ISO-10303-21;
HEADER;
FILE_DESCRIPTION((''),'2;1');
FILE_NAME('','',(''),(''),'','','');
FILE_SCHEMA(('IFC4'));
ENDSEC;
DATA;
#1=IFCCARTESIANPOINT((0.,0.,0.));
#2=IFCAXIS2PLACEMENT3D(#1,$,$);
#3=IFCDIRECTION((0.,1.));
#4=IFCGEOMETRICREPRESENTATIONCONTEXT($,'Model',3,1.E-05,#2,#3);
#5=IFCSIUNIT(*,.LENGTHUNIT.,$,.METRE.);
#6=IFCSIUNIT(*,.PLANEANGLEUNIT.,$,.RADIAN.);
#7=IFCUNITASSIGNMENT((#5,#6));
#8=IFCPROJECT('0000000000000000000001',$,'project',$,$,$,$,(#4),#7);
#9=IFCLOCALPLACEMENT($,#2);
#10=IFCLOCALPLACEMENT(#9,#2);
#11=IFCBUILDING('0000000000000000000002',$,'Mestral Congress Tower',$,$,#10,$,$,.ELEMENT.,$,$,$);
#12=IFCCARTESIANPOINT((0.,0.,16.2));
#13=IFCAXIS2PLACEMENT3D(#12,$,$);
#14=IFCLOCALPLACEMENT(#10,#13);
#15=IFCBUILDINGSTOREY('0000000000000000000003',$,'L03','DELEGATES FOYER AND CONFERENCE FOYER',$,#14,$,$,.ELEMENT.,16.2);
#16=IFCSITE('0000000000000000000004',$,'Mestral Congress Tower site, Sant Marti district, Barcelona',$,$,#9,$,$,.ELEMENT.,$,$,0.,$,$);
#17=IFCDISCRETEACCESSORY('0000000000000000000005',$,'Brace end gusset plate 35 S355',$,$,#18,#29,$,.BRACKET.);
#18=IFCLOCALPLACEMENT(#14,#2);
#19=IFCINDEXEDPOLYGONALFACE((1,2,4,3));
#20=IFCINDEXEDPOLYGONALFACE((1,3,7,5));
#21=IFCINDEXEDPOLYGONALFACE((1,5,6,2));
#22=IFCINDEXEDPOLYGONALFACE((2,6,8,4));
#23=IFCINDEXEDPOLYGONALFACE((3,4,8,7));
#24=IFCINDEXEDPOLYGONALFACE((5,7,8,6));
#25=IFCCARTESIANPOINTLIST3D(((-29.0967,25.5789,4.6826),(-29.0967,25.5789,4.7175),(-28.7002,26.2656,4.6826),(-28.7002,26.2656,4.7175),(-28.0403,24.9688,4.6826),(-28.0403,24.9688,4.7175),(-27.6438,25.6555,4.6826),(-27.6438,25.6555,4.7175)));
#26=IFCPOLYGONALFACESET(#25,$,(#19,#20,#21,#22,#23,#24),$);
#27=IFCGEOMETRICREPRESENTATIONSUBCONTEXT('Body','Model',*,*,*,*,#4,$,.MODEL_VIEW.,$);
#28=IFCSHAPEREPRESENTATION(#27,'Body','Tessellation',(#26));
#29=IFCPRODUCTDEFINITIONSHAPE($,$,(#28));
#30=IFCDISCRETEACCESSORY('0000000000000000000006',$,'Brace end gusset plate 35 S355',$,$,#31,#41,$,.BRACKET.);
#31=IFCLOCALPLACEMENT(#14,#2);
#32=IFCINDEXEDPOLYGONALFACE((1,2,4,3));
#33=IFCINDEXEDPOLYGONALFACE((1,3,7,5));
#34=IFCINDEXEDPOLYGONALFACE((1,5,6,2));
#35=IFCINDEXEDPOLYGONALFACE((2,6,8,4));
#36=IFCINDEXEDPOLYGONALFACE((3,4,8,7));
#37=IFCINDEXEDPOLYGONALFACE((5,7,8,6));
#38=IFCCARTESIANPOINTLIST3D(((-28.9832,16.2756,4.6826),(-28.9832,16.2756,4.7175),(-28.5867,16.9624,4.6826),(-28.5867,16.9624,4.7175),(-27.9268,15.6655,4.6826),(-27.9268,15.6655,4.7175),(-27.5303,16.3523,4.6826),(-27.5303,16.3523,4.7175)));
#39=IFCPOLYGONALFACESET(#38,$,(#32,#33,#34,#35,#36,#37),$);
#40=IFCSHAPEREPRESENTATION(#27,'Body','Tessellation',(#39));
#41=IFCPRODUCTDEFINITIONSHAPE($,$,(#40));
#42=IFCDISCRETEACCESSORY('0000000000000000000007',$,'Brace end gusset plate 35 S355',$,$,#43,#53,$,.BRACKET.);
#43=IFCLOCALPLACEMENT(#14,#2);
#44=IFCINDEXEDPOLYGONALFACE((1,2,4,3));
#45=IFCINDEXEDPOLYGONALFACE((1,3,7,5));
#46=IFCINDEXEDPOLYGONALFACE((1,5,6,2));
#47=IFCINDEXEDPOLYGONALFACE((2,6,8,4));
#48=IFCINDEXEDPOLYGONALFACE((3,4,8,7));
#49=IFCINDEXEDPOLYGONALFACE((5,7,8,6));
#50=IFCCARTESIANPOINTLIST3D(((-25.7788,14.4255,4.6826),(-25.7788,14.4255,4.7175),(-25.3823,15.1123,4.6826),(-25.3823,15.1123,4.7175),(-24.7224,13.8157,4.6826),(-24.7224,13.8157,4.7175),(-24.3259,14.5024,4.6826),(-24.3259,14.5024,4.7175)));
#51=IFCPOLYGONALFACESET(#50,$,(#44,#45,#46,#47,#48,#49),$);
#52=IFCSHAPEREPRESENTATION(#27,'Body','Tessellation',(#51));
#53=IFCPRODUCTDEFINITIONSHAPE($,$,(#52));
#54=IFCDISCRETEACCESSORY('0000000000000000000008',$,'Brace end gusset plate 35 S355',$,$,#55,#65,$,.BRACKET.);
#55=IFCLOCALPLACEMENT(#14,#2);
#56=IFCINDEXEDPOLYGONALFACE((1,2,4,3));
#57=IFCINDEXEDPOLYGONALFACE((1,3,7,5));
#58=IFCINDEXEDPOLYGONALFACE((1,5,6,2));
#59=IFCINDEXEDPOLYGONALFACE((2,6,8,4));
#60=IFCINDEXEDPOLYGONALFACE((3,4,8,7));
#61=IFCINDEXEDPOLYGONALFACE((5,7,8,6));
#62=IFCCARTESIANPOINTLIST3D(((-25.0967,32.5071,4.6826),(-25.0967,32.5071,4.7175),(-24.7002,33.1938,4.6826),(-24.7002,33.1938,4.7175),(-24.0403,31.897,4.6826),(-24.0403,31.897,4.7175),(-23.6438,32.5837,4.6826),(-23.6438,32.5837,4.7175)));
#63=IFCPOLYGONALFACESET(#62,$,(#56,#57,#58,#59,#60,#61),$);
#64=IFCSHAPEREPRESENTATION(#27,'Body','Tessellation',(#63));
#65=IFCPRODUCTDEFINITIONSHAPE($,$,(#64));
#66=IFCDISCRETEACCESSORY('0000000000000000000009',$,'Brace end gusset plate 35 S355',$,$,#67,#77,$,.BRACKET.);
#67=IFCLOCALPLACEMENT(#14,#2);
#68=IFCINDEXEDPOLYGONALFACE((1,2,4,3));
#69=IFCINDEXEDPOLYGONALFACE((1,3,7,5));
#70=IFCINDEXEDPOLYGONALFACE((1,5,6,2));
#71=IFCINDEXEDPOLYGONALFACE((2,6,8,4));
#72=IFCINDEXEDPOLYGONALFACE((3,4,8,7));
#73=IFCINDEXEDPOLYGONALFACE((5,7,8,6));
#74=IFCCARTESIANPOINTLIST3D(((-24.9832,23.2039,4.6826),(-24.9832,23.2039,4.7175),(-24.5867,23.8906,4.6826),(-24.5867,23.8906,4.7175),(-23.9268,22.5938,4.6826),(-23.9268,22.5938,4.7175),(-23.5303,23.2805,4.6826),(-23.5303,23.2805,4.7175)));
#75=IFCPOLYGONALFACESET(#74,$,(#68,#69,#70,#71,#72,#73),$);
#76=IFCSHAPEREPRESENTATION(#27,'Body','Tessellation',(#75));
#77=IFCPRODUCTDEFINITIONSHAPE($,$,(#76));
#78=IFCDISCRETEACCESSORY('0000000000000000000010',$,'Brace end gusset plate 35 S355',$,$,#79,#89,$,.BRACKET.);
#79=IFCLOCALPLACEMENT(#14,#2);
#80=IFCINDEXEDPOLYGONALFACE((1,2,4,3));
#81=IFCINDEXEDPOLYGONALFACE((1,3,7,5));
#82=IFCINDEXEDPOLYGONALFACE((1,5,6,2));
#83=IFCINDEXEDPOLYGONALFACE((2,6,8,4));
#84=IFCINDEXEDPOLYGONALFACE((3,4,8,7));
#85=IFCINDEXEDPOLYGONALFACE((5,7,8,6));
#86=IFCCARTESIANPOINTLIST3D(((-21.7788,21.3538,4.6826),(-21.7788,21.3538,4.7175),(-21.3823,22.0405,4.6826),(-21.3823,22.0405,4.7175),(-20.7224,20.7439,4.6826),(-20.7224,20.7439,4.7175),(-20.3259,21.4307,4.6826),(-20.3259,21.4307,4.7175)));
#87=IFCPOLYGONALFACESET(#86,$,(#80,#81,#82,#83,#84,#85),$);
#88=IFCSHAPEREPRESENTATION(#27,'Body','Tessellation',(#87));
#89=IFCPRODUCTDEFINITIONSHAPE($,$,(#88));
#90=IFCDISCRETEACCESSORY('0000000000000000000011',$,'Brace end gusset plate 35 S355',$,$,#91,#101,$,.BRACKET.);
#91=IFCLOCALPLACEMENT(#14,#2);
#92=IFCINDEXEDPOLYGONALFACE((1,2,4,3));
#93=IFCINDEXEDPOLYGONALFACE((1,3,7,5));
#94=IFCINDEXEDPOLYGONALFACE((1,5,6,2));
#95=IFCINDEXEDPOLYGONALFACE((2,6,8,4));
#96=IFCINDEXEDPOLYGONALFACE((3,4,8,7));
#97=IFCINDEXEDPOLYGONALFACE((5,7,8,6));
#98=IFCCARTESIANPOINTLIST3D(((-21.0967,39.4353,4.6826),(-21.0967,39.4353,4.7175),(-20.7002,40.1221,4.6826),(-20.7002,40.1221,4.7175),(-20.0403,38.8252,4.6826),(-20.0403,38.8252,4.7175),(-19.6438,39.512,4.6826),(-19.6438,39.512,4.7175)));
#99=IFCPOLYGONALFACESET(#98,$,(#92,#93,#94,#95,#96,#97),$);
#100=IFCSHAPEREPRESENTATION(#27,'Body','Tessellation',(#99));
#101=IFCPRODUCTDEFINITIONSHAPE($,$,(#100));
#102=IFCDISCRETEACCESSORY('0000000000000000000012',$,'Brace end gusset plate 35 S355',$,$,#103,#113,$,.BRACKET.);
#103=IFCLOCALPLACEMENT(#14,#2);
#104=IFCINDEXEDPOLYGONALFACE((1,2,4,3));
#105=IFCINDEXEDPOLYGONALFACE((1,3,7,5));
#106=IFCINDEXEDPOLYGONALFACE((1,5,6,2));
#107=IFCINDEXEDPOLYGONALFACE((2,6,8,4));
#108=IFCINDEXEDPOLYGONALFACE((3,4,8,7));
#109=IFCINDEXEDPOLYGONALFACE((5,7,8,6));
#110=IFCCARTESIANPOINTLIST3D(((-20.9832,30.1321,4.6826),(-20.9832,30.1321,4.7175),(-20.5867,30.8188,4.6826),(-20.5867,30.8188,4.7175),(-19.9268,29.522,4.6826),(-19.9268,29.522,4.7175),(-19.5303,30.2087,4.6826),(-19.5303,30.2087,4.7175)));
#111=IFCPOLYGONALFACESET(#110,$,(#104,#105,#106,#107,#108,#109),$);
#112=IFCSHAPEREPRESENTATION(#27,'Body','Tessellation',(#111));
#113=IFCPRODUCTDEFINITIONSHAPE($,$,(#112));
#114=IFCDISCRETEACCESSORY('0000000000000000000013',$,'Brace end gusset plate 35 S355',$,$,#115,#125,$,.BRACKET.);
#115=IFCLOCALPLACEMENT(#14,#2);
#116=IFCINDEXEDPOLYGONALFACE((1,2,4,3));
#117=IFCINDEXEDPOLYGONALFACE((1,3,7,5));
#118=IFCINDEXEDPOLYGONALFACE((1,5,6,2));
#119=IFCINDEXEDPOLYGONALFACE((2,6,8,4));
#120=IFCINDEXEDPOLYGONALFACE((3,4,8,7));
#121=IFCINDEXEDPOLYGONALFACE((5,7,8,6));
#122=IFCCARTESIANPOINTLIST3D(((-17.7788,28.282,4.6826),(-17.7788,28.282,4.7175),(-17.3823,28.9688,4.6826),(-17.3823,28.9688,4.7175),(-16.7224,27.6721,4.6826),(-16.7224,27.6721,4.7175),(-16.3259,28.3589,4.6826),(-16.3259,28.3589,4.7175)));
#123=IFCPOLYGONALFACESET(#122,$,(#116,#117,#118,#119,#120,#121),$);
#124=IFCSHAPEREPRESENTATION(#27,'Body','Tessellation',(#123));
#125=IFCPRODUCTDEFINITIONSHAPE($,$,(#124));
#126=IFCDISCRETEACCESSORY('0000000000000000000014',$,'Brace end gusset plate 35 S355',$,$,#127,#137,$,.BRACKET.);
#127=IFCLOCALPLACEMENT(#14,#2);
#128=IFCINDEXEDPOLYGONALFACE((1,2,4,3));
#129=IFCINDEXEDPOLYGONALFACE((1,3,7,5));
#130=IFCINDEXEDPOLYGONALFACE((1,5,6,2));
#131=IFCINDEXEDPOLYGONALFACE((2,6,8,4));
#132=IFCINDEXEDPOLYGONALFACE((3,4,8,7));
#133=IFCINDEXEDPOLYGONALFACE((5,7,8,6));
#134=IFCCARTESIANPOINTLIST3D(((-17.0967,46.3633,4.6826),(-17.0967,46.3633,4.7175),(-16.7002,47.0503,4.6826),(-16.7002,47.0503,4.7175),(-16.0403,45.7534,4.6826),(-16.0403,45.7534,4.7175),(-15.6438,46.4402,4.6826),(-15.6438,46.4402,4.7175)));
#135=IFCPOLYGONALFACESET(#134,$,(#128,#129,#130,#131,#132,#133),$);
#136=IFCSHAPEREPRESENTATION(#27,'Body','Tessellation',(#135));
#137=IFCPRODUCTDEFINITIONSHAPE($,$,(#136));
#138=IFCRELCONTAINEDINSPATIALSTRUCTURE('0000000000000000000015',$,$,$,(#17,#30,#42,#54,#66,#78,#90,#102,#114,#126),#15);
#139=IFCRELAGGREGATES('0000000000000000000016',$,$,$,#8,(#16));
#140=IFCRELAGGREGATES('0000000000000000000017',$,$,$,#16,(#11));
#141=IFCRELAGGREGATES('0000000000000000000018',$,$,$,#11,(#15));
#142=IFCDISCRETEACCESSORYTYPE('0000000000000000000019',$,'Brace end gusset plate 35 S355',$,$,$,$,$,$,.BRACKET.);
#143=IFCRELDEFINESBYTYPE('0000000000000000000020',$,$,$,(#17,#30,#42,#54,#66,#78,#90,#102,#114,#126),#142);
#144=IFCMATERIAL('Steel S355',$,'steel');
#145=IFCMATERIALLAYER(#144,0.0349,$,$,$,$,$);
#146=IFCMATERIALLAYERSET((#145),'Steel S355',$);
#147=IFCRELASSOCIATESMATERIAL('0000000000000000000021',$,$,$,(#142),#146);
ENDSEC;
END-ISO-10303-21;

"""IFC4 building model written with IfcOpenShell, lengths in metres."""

from ifc_helpers import new_model, si_unit, direction, frame, origin, place, context, subcontext, project, spatial, polyline, outline, extrude, material, layer, layer_set, type_object, element, save


model = new_model("IFC4")

# Units and contexts
model_context = context("Model", 3, precision=1e-05, world=origin(), true_north=direction((0.0, 1.0)))
body_context = subcontext(model_context, "Body", "Model", "MODEL_VIEW")
ifc_project = project(units=[si_unit("LENGTHUNIT", "METRE"), si_unit("PLANEANGLEUNIT", "RADIAN")], contexts=[model_context])

# Site, building, storey
site_placement = place(None, origin())
site = spatial("IfcSite", under=ifc_project, at=site_placement, Name="Mestral Congress Tower site, Sant Marti district, Barcelona", CompositionType="ELEMENT", RefElevation=0.0)
building_placement = place(site_placement, origin())
building = spatial("IfcBuilding", under=site, at=building_placement, Name="Mestral Congress Tower", CompositionType="ELEMENT")
storey_placement = place(building_placement, frame((0.0, 0.0, 16.2)))
storey = spatial("IfcBuildingStorey", under=building, at=storey_placement, Name="L03", Description="DELEGATES FOYER AND CONFERENCE FOYER", CompositionType="ELEMENT", Elevation=16.2)

# Discrete accessories
ifc_material = material(Name="Steel S355", Category="steel")
ifc_layer_1 = layer(ifc_material, 0.0349)
ifc_layer_set_1 = layer_set([ifc_layer_1], Name="Steel S355")
discrete_accessory_type_1 = type_object("IfcDiscreteAccessoryType", Name="Brace end gusset plate 35 S355", PredefinedType="BRACKET", material=ifc_layer_set_1)
placement_1 = place(storey_placement, frame((0.0, 0.0, 4.6826)))
element("IfcDiscreteAccessory", 1, at=placement_1, inside=storey, type_object=discrete_accessory_type_1, Name="Brace end gusset plate 35 S355", PredefinedType="BRACKET", context=body_context, shape_type="SweptSolid", body=[
    extrude(outline(polyline([(-29.0967, 25.5789), (-28.0403, 24.9688), (-27.6438, 25.6555), (-28.7002, 26.2656), (-29.0967, 25.5789)])), origin(), (0.0, 0.0, 1.0), 0.0349),
])
element("IfcDiscreteAccessory", 2, at=placement_1, inside=storey, type_object=discrete_accessory_type_1, Name="Brace end gusset plate 35 S355", PredefinedType="BRACKET", context=body_context, shape_type="SweptSolid", body=[
    extrude(outline(polyline([(-28.9832, 16.2756), (-27.9268, 15.6655), (-27.5303, 16.3523), (-28.5867, 16.9624), (-28.9832, 16.2756)])), origin(), (0.0, 0.0, 1.0), 0.0349),
])
element("IfcDiscreteAccessory", 3, at=placement_1, inside=storey, type_object=discrete_accessory_type_1, Name="Brace end gusset plate 35 S355", PredefinedType="BRACKET", context=body_context, shape_type="SweptSolid", body=[
    extrude(outline(polyline([(-25.7788, 14.4255), (-24.7224, 13.8157), (-24.3259, 14.5024), (-25.3823, 15.1123), (-25.7788, 14.4255)])), origin(), (0.0, 0.0, 1.0), 0.0349),
])
element("IfcDiscreteAccessory", 4, at=placement_1, inside=storey, type_object=discrete_accessory_type_1, Name="Brace end gusset plate 35 S355", PredefinedType="BRACKET", context=body_context, shape_type="SweptSolid", body=[
    extrude(outline(polyline([(-25.0967, 32.5071), (-24.0403, 31.897), (-23.6438, 32.5837), (-24.7002, 33.1938), (-25.0967, 32.5071)])), origin(), (0.0, 0.0, 1.0), 0.0349),
])
element("IfcDiscreteAccessory", 5, at=placement_1, inside=storey, type_object=discrete_accessory_type_1, Name="Brace end gusset plate 35 S355", PredefinedType="BRACKET", context=body_context, shape_type="SweptSolid", body=[
    extrude(outline(polyline([(-24.9832, 23.2039), (-23.9268, 22.5938), (-23.5303, 23.2805), (-24.5867, 23.8906), (-24.9832, 23.2039)])), origin(), (0.0, 0.0, 1.0), 0.0349),
])
element("IfcDiscreteAccessory", 6, at=placement_1, inside=storey, type_object=discrete_accessory_type_1, Name="Brace end gusset plate 35 S355", PredefinedType="BRACKET", context=body_context, shape_type="SweptSolid", body=[
    extrude(outline(polyline([(-21.7788, 21.3538), (-20.7224, 20.7439), (-20.3259, 21.4307), (-21.3823, 22.0405), (-21.7788, 21.3538)])), origin(), (0.0, 0.0, 1.0), 0.0349),
])
element("IfcDiscreteAccessory", 7, at=placement_1, inside=storey, type_object=discrete_accessory_type_1, Name="Brace end gusset plate 35 S355", PredefinedType="BRACKET", context=body_context, shape_type="SweptSolid", body=[
    extrude(outline(polyline([(-21.0967, 39.4353), (-20.0403, 38.8252), (-19.6438, 39.512), (-20.7002, 40.1221), (-21.0967, 39.4353)])), origin(), (0.0, 0.0, 1.0), 0.0349),
])
element("IfcDiscreteAccessory", 8, at=placement_1, inside=storey, type_object=discrete_accessory_type_1, Name="Brace end gusset plate 35 S355", PredefinedType="BRACKET", context=body_context, shape_type="SweptSolid", body=[
    extrude(outline(polyline([(-20.9832, 30.1321), (-19.9268, 29.522), (-19.5303, 30.2087), (-20.5867, 30.8188), (-20.9832, 30.1321)])), origin(), (0.0, 0.0, 1.0), 0.0349),
])
element("IfcDiscreteAccessory", 9, at=placement_1, inside=storey, type_object=discrete_accessory_type_1, Name="Brace end gusset plate 35 S355", PredefinedType="BRACKET", context=body_context, shape_type="SweptSolid", body=[
    extrude(outline(polyline([(-17.7788, 28.282), (-16.7224, 27.6721), (-16.3259, 28.3589), (-17.3823, 28.9688), (-17.7788, 28.282)])), origin(), (0.0, 0.0, 1.0), 0.0349),
])
element("IfcDiscreteAccessory", 10, at=placement_1, inside=storey, type_object=discrete_accessory_type_1, Name="Brace end gusset plate 35 S355", PredefinedType="BRACKET", context=body_context, shape_type="SweptSolid", body=[
    extrude(outline(polyline([(-17.0967, 46.3633), (-16.0403, 45.7534), (-15.6438, 46.4402), (-16.7002, 47.0503), (-17.0967, 46.3633)])), origin(), (0.0, 0.0, 1.0), 0.0349),
])

save(model, "model.ifc")
